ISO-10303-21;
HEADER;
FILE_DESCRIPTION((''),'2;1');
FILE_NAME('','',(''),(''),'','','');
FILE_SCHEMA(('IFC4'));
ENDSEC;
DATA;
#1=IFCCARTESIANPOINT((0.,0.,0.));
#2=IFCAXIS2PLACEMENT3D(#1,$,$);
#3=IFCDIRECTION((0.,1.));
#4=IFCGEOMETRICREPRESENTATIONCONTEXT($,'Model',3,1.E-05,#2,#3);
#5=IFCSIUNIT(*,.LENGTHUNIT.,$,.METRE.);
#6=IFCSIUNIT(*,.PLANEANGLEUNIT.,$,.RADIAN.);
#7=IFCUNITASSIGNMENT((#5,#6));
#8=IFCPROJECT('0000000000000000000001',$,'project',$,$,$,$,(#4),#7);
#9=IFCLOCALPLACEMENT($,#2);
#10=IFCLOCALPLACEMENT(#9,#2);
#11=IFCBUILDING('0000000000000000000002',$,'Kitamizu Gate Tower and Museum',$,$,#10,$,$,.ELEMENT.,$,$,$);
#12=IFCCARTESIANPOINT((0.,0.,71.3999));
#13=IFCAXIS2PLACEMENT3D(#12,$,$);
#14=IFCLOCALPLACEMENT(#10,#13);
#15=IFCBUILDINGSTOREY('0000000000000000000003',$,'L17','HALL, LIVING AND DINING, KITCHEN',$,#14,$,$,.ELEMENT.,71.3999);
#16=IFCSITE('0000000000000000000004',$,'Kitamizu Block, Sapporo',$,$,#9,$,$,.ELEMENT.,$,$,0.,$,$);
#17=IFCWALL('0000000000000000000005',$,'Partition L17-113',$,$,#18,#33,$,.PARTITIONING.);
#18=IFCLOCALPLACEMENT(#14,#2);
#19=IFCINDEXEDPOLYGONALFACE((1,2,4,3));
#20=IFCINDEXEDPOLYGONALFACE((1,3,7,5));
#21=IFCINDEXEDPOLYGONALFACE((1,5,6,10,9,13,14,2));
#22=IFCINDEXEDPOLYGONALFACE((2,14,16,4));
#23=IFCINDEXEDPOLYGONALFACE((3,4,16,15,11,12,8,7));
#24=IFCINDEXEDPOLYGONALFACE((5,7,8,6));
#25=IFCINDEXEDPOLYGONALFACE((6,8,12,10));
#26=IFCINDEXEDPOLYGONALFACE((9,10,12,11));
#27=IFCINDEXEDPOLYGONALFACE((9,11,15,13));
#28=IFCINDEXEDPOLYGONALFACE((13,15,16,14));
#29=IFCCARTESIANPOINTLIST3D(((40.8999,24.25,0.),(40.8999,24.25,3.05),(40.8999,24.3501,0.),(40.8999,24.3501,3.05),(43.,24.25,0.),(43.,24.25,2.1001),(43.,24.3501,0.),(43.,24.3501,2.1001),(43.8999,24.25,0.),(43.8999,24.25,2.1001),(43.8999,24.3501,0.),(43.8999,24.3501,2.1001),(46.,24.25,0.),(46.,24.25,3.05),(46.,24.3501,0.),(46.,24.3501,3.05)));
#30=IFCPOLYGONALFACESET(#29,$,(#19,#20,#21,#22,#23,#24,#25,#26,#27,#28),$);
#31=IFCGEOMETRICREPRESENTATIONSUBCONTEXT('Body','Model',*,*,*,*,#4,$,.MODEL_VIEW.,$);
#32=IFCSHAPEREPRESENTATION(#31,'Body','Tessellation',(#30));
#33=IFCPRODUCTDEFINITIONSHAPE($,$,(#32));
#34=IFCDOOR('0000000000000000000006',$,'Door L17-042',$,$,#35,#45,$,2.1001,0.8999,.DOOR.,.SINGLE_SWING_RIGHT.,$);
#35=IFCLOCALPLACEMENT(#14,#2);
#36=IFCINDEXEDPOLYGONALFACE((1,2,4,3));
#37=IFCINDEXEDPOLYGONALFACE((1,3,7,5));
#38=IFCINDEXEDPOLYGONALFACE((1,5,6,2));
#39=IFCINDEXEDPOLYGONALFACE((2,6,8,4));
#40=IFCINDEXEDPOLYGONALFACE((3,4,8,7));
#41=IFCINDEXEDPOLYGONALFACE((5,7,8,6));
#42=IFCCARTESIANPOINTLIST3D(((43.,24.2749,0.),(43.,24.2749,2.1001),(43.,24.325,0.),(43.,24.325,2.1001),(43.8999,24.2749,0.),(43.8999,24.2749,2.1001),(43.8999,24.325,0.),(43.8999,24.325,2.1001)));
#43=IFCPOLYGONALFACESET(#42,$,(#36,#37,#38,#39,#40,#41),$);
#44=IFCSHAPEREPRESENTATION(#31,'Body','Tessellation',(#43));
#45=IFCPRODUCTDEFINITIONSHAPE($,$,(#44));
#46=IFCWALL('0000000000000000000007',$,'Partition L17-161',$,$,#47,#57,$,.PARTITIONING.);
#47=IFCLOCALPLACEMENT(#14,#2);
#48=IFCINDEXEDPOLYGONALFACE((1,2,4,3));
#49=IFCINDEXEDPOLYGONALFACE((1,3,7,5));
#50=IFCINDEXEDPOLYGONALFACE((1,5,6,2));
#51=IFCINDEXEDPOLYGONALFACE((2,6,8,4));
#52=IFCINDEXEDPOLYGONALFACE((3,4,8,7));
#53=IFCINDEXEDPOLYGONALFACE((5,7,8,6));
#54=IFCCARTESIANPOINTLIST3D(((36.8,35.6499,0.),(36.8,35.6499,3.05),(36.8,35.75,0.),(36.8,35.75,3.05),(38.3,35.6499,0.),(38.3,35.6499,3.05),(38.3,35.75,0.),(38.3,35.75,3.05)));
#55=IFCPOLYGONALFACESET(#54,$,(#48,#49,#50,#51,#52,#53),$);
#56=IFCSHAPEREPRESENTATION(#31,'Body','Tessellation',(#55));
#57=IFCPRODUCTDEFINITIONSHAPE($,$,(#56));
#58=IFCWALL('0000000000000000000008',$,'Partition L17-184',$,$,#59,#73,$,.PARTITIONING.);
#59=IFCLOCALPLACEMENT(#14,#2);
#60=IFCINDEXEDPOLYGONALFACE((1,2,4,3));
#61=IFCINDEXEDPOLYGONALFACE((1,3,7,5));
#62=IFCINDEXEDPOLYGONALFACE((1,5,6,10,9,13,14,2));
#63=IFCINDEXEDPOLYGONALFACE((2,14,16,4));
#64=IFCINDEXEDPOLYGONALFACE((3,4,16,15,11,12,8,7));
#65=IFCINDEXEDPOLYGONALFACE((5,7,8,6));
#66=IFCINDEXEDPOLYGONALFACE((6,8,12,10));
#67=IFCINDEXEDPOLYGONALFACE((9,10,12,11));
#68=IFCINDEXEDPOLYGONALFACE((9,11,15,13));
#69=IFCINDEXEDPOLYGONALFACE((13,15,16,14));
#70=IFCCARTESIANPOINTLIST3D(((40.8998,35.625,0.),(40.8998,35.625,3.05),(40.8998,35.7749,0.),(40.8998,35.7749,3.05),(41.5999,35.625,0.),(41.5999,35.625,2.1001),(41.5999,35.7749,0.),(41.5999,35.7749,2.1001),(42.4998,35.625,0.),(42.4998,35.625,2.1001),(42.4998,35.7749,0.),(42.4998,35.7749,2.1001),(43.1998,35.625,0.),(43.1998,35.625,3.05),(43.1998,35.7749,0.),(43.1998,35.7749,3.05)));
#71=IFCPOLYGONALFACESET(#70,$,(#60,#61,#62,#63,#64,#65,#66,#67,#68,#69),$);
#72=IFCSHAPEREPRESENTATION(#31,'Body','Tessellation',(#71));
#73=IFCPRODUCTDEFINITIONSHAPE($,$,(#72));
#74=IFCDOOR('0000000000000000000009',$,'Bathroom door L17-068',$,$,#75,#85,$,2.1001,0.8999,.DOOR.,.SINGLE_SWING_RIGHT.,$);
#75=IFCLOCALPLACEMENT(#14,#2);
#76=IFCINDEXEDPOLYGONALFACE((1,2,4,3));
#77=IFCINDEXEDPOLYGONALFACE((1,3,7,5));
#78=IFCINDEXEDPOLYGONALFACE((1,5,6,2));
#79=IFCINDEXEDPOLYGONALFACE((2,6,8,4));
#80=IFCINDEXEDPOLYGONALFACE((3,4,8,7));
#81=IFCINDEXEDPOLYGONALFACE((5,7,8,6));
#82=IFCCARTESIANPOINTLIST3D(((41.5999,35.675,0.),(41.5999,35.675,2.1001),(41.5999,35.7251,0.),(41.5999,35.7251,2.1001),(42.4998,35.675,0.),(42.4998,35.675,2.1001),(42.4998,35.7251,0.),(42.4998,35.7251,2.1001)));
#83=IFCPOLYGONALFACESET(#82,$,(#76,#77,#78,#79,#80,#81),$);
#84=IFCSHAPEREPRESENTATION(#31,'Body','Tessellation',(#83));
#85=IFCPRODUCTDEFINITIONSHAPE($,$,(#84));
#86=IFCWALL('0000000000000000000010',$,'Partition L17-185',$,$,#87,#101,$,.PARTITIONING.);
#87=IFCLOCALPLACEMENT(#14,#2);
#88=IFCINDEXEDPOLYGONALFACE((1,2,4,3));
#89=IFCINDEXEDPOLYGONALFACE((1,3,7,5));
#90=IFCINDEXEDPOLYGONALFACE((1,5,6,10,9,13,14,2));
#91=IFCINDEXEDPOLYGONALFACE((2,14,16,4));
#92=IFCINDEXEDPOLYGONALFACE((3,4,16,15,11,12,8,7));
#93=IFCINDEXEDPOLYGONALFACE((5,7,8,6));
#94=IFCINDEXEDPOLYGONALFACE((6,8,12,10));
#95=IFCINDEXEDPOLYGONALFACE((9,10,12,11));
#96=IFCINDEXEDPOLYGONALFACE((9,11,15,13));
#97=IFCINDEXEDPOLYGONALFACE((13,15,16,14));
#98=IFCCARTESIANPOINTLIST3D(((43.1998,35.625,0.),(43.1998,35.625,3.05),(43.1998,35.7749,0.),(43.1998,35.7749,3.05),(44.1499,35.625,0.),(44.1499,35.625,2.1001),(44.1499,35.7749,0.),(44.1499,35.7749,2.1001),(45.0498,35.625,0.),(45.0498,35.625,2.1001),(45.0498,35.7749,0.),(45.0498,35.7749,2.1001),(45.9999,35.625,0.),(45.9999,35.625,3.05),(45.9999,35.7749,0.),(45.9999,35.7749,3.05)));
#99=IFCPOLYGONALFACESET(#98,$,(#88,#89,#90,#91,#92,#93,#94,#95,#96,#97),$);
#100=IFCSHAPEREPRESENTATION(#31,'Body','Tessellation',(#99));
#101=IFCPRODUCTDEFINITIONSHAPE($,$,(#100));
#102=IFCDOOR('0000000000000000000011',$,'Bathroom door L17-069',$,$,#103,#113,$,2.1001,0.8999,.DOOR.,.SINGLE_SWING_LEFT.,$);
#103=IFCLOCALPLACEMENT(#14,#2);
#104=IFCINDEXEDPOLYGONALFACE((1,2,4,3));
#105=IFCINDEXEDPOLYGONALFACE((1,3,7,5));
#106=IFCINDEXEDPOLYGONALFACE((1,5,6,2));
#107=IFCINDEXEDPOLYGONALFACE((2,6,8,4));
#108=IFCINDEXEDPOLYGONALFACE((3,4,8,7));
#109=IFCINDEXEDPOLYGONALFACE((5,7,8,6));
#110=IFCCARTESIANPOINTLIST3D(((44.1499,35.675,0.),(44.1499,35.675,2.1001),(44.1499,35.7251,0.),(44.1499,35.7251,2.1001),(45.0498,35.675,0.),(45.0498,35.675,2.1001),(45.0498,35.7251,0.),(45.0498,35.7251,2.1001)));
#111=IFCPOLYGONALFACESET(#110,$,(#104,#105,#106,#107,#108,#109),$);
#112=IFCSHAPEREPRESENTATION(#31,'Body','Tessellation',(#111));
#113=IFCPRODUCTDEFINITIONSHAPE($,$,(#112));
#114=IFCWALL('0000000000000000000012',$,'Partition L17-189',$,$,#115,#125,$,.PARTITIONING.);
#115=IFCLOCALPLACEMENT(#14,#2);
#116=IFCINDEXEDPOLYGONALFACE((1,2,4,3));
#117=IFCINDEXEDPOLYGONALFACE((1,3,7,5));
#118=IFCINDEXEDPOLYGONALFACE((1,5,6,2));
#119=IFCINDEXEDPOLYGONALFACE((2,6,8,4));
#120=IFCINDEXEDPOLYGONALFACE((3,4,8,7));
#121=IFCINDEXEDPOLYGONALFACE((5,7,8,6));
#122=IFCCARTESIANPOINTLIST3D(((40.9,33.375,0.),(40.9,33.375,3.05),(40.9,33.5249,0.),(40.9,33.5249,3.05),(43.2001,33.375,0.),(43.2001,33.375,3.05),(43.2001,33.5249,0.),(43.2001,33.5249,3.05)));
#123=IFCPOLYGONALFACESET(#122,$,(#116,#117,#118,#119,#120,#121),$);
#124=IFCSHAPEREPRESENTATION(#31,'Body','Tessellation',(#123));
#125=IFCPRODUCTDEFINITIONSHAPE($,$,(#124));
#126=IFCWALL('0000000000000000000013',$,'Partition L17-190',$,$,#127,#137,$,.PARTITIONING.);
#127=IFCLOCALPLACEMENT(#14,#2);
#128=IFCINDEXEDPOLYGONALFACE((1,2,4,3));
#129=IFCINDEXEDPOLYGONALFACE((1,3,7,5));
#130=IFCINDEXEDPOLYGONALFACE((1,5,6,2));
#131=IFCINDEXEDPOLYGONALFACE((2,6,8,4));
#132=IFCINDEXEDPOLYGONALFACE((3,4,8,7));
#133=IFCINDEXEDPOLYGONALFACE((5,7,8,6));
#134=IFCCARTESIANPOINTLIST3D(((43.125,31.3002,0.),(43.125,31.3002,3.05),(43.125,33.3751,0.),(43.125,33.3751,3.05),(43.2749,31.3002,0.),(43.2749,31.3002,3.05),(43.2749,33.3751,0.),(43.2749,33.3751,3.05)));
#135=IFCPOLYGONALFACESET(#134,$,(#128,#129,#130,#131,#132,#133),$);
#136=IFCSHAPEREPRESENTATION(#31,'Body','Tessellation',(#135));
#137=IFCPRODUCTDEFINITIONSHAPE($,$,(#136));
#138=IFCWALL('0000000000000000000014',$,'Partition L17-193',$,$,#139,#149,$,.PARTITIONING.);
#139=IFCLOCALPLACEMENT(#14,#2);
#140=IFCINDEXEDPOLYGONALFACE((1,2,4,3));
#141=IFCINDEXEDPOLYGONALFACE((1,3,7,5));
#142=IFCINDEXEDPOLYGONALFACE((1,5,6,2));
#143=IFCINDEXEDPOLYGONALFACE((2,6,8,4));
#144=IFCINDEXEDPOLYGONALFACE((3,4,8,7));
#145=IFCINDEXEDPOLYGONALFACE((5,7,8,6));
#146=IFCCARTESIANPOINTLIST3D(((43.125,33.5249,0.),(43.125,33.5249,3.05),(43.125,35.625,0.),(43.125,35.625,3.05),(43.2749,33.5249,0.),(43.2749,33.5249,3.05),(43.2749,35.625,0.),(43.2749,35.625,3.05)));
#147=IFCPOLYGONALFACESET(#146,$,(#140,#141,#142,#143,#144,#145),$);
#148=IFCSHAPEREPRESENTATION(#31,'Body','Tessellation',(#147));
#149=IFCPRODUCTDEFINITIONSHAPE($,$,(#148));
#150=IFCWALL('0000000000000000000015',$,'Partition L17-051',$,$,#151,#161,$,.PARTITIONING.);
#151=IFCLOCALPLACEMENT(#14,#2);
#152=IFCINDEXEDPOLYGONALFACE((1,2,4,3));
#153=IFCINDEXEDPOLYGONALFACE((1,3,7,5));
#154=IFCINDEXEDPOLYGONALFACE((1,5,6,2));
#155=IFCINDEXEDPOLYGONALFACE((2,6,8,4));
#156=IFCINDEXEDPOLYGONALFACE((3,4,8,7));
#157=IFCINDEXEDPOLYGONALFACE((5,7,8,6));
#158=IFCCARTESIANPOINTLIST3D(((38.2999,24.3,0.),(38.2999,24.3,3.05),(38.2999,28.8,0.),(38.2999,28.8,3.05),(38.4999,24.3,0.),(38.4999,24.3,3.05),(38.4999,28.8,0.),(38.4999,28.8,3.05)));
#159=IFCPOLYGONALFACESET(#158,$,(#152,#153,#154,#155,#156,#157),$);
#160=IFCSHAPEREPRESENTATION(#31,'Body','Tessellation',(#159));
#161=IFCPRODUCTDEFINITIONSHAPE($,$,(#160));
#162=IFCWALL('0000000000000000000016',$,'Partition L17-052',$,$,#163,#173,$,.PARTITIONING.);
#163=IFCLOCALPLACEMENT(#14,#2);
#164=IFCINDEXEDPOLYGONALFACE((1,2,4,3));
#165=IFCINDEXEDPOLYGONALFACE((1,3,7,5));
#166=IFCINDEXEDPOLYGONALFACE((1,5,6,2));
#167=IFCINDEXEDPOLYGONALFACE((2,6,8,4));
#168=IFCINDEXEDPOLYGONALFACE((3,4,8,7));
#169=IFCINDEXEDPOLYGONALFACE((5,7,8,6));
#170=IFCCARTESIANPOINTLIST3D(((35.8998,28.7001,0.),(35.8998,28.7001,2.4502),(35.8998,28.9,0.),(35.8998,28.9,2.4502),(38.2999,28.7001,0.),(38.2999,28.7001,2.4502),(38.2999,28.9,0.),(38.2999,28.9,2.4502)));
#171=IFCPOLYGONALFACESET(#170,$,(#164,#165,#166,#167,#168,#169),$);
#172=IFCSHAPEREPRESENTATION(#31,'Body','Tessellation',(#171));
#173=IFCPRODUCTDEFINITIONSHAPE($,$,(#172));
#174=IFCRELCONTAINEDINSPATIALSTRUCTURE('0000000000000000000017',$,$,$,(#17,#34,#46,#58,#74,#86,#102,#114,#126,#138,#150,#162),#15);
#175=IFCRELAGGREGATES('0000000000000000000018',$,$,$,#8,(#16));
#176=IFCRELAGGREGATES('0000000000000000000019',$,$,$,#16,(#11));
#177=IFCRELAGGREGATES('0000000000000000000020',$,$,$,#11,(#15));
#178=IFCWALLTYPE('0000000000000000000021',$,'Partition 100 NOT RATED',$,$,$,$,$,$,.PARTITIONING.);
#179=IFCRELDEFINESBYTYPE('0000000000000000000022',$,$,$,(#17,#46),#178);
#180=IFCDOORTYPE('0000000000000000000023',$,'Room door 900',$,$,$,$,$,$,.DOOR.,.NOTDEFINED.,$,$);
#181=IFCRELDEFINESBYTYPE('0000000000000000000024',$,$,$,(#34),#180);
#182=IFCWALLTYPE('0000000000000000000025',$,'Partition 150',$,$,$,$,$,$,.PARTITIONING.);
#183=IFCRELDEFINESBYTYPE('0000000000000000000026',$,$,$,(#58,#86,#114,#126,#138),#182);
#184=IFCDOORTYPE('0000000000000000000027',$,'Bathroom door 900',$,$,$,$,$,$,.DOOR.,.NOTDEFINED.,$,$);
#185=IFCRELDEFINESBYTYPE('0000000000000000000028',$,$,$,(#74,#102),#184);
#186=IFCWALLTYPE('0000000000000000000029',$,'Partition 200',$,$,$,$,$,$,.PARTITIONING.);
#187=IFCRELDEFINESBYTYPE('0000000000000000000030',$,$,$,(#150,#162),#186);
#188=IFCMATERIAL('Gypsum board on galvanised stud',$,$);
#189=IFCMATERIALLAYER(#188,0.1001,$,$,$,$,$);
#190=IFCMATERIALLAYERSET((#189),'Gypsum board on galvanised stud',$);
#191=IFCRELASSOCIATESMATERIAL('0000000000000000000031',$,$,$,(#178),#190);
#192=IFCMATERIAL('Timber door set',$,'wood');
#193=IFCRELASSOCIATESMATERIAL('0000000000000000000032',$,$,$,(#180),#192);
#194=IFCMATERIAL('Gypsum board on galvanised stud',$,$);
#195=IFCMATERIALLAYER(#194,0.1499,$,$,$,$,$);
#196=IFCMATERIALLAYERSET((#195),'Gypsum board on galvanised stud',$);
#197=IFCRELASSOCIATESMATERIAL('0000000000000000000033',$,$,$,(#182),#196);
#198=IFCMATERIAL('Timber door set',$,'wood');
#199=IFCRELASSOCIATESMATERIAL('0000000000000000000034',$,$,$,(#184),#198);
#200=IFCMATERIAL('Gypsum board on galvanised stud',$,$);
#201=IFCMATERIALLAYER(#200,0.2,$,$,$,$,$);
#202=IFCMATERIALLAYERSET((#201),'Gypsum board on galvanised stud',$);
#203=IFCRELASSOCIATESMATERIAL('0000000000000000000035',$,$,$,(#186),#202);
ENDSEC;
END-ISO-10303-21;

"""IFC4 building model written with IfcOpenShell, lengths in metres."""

from ifc_helpers import new_model, si_unit, direction, frame, frame_2d, origin, place, context, subcontext, project, spatial, rectangle, extrude, material, layer, layer_set, type_object, element, fill, save


model = new_model("IFC4")

# Units and contexts
model_context = context("Model", 3, precision=1e-05, world=origin(), true_north=direction((0.0, 1.0)))
body_context = subcontext(model_context, "Body", "Model", "MODEL_VIEW")
ifc_project = project(units=[si_unit("LENGTHUNIT", "METRE"), si_unit("PLANEANGLEUNIT", "RADIAN")], contexts=[model_context])

# Site, building, storey
site_placement = place(None, origin())
site = spatial("IfcSite", under=ifc_project, at=site_placement, Name="Kitamizu Block, Sapporo", CompositionType="ELEMENT", RefElevation=0.0)
building_placement = place(site_placement, origin())
building = spatial("IfcBuilding", under=site, at=building_placement, Name="Kitamizu Gate Tower and Museum", CompositionType="ELEMENT")
storey_placement = place(building_placement, frame((0.0, 0.0, 71.3999)))
storey = spatial("IfcBuildingStorey", under=building, at=storey_placement, Name="L17", Description="HALL, LIVING AND DINING, KITCHEN", CompositionType="ELEMENT", Elevation=71.3999)

# Wall, opening, door
ifc_material_1 = material(Name="Gypsum board on galvanised stud")
ifc_layer_1 = layer(ifc_material_1, 0.1001)
ifc_layer_set_1 = layer_set([ifc_layer_1], Name="Gypsum board on galvanised stud")
wall_type_1 = type_object("IfcWallType", Name="Partition 100 NOT RATED", PredefinedType="PARTITIONING", material=ifc_layer_set_1)
wall_1_placement = place(storey_placement, frame((46.0, 24.3, 0.0), z_axis=(0.0, 0.0, 1.0), x_axis=(-1.0, 0.0, 0.0)))
wall_1 = element("IfcWall", 1, at=wall_1_placement, inside=storey, type_object=wall_type_1, Name="Partition L17-113", PredefinedType="PARTITIONING", context=body_context, shape_type="SweptSolid", body=[
    extrude(rectangle(XDim=5.1001, YDim=0.1001, at=frame_2d((2.55, 0.0))), origin(), (0.0, 0.0, 1.0), 3.05),
])
opening_1_placement = place(wall_1_placement, frame((2.1001, 0.0, 0.0)))
opening_1 = element("IfcOpeningElement", 2, at=opening_1_placement, cuts=wall_1, PredefinedType="OPENING", context=body_context, shape_type="SweptSolid", body=[
    extrude(rectangle(XDim=0.8999, YDim=2.1001, at=frame_2d((0.45, 1.05))), frame((0.0, 0.0601, 0.0), z_axis=(0.0, -1.0, 0.0), x_axis=(1.0, 0.0, 0.0)), (0.0, 0.0, 1.0), 0.1201),
])
ifc_material_2 = material(Name="Timber door set", Category="wood")
door_type_1 = type_object("IfcDoorType", Name="Room door 900", OperationType="NOTDEFINED", PredefinedType="DOOR", material=ifc_material_2)
door_1_placement = place(opening_1_placement, frame((0.8999, 0.0, 0.0), x_axis=(-1.0, 0.0, 0.0)))
door_1 = element("IfcDoor", 3, at=door_1_placement, inside=storey, type_object=door_type_1, Name="Door L17-042", OperationType="SINGLE_SWING_RIGHT", OverallHeight=2.1001, OverallWidth=0.8999, PredefinedType="DOOR", context=body_context, shape_type="SweptSolid", body=[
    extrude(rectangle(XDim=0.8999, YDim=2.1001, at=frame_2d((0.45, 1.05))), frame((0.0, 0.0249, 0.0), z_axis=(0.0, -1.0, 0.0), x_axis=(1.0, 0.0, 0.0)), (0.0, 0.0, 1.0), 0.05),
])
fill(opening_1, door_1)

# Wall
wall_2_placement = place(storey_placement, frame((36.8, 35.7, 0.0), z_axis=(0.0, 0.0, 1.0), x_axis=(1.0, 0.0, 0.0)))
element("IfcWall", 4, at=wall_2_placement, inside=storey, type_object=wall_type_1, Name="Partition L17-161", PredefinedType="PARTITIONING", context=body_context, shape_type="SweptSolid", body=[
    extrude(rectangle(XDim=1.5, YDim=0.1001, at=frame_2d((0.75, 0.0))), origin(), (0.0, 0.0, 1.0), 3.05),
])

# Walls, openings, doors
ifc_material_3 = material(Name="Gypsum board on galvanised stud")
ifc_layer_2 = layer(ifc_material_3, 0.1499)
ifc_layer_set_2 = layer_set([ifc_layer_2], Name="Gypsum board on galvanised stud")
wall_type_2 = type_object("IfcWallType", Name="Partition 150", PredefinedType="PARTITIONING", material=ifc_layer_set_2)
wall_3_placement = place(storey_placement, frame((40.8999, 35.7, 0.0), z_axis=(0.0, 0.0, 1.0), x_axis=(1.0, 0.0, 0.0)))
wall_3 = element("IfcWall", 5, at=wall_3_placement, inside=storey, type_object=wall_type_2, Name="Partition L17-184", PredefinedType="PARTITIONING", context=body_context, shape_type="SweptSolid", body=[
    extrude(rectangle(XDim=2.3, YDim=0.1499, at=frame_2d((1.1499, 0.0))), origin(), (0.0, 0.0, 1.0), 3.05),
])
opening_2_placement = place(wall_3_placement, frame((0.7, 0.0, 0.0)))
opening_2 = element("IfcOpeningElement", 6, at=opening_2_placement, cuts=wall_3, PredefinedType="OPENING", context=body_context, shape_type="SweptSolid", body=[
    extrude(rectangle(XDim=0.8999, YDim=2.1001, at=frame_2d((0.45, 1.05))), frame((0.0, 0.085, 0.0), z_axis=(0.0, -1.0, 0.0), x_axis=(1.0, 0.0, 0.0)), (0.0, 0.0, 1.0), 0.1699),
])
ifc_material_4 = material(Name="Timber door set", Category="wood")
door_type_2 = type_object("IfcDoorType", Name="Bathroom door 900", OperationType="NOTDEFINED", PredefinedType="DOOR", material=ifc_material_4)
door_2_placement = place(opening_2_placement, frame((0.8999, 0.0, 0.0), x_axis=(-1.0, 0.0, 0.0)))
door_2 = element("IfcDoor", 7, at=door_2_placement, inside=storey, type_object=door_type_2, Name="Bathroom door L17-068", OperationType="SINGLE_SWING_RIGHT", OverallHeight=2.1001, OverallWidth=0.8999, PredefinedType="DOOR", context=body_context, shape_type="SweptSolid", body=[
    extrude(rectangle(XDim=0.8999, YDim=2.1001, at=frame_2d((0.45, 1.05))), frame((0.0, 0.0249, 0.0), z_axis=(0.0, -1.0, 0.0), x_axis=(1.0, 0.0, 0.0)), (0.0, 0.0, 1.0), 0.05),
])
fill(opening_2, door_2)
wall_4_placement = place(storey_placement, frame((43.2, 35.7, 0.0), z_axis=(0.0, 0.0, 1.0), x_axis=(1.0, 0.0, 0.0)))
wall_4 = element("IfcWall", 8, at=wall_4_placement, inside=storey, type_object=wall_type_2, Name="Partition L17-185", PredefinedType="PARTITIONING", context=body_context, shape_type="SweptSolid", body=[
    extrude(rectangle(XDim=2.8, YDim=0.1499, at=frame_2d((1.3999, 0.0))), origin(), (0.0, 0.0, 1.0), 3.05),
])
opening_3_placement = place(wall_4_placement, frame((0.95, 0.0, 0.0)))
opening_3 = element("IfcOpeningElement", 9, at=opening_3_placement, cuts=wall_4, PredefinedType="OPENING", context=body_context, shape_type="SweptSolid", body=[
    extrude(rectangle(XDim=0.8999, YDim=2.1001, at=frame_2d((0.45, 1.05))), frame((0.0, 0.085, 0.0), z_axis=(0.0, -1.0, 0.0), x_axis=(1.0, 0.0, 0.0)), (0.0, 0.0, 1.0), 0.1699),
])
door_3_placement = place(opening_3_placement, frame((0.8999, 0.0, 0.0), x_axis=(-1.0, 0.0, 0.0)))
door_3 = element("IfcDoor", 10, at=door_3_placement, inside=storey, type_object=door_type_2, Name="Bathroom door L17-069", OperationType="SINGLE_SWING_LEFT", OverallHeight=2.1001, OverallWidth=0.8999, PredefinedType="DOOR", context=body_context, shape_type="SweptSolid", body=[
    extrude(rectangle(XDim=0.8999, YDim=2.1001, at=frame_2d((0.45, 1.05))), frame((0.0, 0.0249, 0.0), z_axis=(0.0, -1.0, 0.0), x_axis=(1.0, 0.0, 0.0)), (0.0, 0.0, 1.0), 0.05),
])
fill(opening_3, door_3)

# Walls
wall_5_placement = place(storey_placement, frame((43.2, 33.45, 0.0), z_axis=(0.0, 0.0, 1.0), x_axis=(-1.0, 0.0, 0.0)))
element("IfcWall", 11, at=wall_5_placement, inside=storey, type_object=wall_type_2, Name="Partition L17-189", PredefinedType="PARTITIONING", context=body_context, shape_type="SweptSolid", body=[
    extrude(rectangle(XDim=2.3, YDim=0.1499, at=frame_2d((1.1499, 0.0))), origin(), (0.0, 0.0, 1.0), 3.05),
])
wall_6_placement = place(storey_placement, frame((43.2, 31.3, 0.0), z_axis=(0.0, 0.0, 1.0), x_axis=(0.0, 1.0, 0.0)))
element("IfcWall", 12, at=wall_6_placement, inside=storey, type_object=wall_type_2, Name="Partition L17-190", PredefinedType="PARTITIONING", context=body_context, shape_type="SweptSolid", body=[
    extrude(rectangle(XDim=2.075, YDim=0.1499, at=frame_2d((1.0376, 0.0))), origin(), (0.0, 0.0, 1.0), 3.05),
])
wall_7_placement = place(storey_placement, frame((43.2, 33.5249, 0.0), z_axis=(0.0, 0.0, 1.0), x_axis=(0.0, 1.0, 0.0)))
element("IfcWall", 13, at=wall_7_placement, inside=storey, type_object=wall_type_2, Name="Partition L17-193", PredefinedType="PARTITIONING", context=body_context, shape_type="SweptSolid", body=[
    extrude(rectangle(XDim=2.1001, YDim=0.1499, at=frame_2d((1.05, 0.0))), origin(), (0.0, 0.0, 1.0), 3.05),
])
ifc_material_5 = material(Name="Gypsum board on galvanised stud")
ifc_layer_3 = layer(ifc_material_5, 0.2)
ifc_layer_set_3 = layer_set([ifc_layer_3], Name="Gypsum board on galvanised stud")
wall_type_3 = type_object("IfcWallType", Name="Partition 200", PredefinedType="PARTITIONING", material=ifc_layer_set_3)
wall_8_placement = place(storey_placement, frame((38.3999, 24.3, 0.0), z_axis=(0.0, 0.0, 1.0), x_axis=(0.0, 1.0, 0.0)))
element("IfcWall", 14, at=wall_8_placement, inside=storey, type_object=wall_type_3, Name="Partition L17-051", PredefinedType="PARTITIONING", context=body_context, shape_type="SweptSolid", body=[
    extrude(rectangle(XDim=4.5, YDim=0.2, at=frame_2d((2.25, 0.0))), origin(), (0.0, 0.0, 1.0), 3.05),
])
wall_9_placement = place(storey_placement, frame((38.3, 28.8, 0.0), z_axis=(0.0, 0.0, 1.0), x_axis=(-1.0, 0.0, 0.0)))
element("IfcWall", 15, at=wall_9_placement, inside=storey, type_object=wall_type_3, Name="Partition L17-052", PredefinedType="PARTITIONING", context=body_context, shape_type="SweptSolid", body=[
    extrude(rectangle(XDim=2.4001, YDim=0.2, at=frame_2d((1.2002, 0.0))), origin(), (0.0, 0.0, 1.0), 2.4502),
])

save(model, "model.ifc")
